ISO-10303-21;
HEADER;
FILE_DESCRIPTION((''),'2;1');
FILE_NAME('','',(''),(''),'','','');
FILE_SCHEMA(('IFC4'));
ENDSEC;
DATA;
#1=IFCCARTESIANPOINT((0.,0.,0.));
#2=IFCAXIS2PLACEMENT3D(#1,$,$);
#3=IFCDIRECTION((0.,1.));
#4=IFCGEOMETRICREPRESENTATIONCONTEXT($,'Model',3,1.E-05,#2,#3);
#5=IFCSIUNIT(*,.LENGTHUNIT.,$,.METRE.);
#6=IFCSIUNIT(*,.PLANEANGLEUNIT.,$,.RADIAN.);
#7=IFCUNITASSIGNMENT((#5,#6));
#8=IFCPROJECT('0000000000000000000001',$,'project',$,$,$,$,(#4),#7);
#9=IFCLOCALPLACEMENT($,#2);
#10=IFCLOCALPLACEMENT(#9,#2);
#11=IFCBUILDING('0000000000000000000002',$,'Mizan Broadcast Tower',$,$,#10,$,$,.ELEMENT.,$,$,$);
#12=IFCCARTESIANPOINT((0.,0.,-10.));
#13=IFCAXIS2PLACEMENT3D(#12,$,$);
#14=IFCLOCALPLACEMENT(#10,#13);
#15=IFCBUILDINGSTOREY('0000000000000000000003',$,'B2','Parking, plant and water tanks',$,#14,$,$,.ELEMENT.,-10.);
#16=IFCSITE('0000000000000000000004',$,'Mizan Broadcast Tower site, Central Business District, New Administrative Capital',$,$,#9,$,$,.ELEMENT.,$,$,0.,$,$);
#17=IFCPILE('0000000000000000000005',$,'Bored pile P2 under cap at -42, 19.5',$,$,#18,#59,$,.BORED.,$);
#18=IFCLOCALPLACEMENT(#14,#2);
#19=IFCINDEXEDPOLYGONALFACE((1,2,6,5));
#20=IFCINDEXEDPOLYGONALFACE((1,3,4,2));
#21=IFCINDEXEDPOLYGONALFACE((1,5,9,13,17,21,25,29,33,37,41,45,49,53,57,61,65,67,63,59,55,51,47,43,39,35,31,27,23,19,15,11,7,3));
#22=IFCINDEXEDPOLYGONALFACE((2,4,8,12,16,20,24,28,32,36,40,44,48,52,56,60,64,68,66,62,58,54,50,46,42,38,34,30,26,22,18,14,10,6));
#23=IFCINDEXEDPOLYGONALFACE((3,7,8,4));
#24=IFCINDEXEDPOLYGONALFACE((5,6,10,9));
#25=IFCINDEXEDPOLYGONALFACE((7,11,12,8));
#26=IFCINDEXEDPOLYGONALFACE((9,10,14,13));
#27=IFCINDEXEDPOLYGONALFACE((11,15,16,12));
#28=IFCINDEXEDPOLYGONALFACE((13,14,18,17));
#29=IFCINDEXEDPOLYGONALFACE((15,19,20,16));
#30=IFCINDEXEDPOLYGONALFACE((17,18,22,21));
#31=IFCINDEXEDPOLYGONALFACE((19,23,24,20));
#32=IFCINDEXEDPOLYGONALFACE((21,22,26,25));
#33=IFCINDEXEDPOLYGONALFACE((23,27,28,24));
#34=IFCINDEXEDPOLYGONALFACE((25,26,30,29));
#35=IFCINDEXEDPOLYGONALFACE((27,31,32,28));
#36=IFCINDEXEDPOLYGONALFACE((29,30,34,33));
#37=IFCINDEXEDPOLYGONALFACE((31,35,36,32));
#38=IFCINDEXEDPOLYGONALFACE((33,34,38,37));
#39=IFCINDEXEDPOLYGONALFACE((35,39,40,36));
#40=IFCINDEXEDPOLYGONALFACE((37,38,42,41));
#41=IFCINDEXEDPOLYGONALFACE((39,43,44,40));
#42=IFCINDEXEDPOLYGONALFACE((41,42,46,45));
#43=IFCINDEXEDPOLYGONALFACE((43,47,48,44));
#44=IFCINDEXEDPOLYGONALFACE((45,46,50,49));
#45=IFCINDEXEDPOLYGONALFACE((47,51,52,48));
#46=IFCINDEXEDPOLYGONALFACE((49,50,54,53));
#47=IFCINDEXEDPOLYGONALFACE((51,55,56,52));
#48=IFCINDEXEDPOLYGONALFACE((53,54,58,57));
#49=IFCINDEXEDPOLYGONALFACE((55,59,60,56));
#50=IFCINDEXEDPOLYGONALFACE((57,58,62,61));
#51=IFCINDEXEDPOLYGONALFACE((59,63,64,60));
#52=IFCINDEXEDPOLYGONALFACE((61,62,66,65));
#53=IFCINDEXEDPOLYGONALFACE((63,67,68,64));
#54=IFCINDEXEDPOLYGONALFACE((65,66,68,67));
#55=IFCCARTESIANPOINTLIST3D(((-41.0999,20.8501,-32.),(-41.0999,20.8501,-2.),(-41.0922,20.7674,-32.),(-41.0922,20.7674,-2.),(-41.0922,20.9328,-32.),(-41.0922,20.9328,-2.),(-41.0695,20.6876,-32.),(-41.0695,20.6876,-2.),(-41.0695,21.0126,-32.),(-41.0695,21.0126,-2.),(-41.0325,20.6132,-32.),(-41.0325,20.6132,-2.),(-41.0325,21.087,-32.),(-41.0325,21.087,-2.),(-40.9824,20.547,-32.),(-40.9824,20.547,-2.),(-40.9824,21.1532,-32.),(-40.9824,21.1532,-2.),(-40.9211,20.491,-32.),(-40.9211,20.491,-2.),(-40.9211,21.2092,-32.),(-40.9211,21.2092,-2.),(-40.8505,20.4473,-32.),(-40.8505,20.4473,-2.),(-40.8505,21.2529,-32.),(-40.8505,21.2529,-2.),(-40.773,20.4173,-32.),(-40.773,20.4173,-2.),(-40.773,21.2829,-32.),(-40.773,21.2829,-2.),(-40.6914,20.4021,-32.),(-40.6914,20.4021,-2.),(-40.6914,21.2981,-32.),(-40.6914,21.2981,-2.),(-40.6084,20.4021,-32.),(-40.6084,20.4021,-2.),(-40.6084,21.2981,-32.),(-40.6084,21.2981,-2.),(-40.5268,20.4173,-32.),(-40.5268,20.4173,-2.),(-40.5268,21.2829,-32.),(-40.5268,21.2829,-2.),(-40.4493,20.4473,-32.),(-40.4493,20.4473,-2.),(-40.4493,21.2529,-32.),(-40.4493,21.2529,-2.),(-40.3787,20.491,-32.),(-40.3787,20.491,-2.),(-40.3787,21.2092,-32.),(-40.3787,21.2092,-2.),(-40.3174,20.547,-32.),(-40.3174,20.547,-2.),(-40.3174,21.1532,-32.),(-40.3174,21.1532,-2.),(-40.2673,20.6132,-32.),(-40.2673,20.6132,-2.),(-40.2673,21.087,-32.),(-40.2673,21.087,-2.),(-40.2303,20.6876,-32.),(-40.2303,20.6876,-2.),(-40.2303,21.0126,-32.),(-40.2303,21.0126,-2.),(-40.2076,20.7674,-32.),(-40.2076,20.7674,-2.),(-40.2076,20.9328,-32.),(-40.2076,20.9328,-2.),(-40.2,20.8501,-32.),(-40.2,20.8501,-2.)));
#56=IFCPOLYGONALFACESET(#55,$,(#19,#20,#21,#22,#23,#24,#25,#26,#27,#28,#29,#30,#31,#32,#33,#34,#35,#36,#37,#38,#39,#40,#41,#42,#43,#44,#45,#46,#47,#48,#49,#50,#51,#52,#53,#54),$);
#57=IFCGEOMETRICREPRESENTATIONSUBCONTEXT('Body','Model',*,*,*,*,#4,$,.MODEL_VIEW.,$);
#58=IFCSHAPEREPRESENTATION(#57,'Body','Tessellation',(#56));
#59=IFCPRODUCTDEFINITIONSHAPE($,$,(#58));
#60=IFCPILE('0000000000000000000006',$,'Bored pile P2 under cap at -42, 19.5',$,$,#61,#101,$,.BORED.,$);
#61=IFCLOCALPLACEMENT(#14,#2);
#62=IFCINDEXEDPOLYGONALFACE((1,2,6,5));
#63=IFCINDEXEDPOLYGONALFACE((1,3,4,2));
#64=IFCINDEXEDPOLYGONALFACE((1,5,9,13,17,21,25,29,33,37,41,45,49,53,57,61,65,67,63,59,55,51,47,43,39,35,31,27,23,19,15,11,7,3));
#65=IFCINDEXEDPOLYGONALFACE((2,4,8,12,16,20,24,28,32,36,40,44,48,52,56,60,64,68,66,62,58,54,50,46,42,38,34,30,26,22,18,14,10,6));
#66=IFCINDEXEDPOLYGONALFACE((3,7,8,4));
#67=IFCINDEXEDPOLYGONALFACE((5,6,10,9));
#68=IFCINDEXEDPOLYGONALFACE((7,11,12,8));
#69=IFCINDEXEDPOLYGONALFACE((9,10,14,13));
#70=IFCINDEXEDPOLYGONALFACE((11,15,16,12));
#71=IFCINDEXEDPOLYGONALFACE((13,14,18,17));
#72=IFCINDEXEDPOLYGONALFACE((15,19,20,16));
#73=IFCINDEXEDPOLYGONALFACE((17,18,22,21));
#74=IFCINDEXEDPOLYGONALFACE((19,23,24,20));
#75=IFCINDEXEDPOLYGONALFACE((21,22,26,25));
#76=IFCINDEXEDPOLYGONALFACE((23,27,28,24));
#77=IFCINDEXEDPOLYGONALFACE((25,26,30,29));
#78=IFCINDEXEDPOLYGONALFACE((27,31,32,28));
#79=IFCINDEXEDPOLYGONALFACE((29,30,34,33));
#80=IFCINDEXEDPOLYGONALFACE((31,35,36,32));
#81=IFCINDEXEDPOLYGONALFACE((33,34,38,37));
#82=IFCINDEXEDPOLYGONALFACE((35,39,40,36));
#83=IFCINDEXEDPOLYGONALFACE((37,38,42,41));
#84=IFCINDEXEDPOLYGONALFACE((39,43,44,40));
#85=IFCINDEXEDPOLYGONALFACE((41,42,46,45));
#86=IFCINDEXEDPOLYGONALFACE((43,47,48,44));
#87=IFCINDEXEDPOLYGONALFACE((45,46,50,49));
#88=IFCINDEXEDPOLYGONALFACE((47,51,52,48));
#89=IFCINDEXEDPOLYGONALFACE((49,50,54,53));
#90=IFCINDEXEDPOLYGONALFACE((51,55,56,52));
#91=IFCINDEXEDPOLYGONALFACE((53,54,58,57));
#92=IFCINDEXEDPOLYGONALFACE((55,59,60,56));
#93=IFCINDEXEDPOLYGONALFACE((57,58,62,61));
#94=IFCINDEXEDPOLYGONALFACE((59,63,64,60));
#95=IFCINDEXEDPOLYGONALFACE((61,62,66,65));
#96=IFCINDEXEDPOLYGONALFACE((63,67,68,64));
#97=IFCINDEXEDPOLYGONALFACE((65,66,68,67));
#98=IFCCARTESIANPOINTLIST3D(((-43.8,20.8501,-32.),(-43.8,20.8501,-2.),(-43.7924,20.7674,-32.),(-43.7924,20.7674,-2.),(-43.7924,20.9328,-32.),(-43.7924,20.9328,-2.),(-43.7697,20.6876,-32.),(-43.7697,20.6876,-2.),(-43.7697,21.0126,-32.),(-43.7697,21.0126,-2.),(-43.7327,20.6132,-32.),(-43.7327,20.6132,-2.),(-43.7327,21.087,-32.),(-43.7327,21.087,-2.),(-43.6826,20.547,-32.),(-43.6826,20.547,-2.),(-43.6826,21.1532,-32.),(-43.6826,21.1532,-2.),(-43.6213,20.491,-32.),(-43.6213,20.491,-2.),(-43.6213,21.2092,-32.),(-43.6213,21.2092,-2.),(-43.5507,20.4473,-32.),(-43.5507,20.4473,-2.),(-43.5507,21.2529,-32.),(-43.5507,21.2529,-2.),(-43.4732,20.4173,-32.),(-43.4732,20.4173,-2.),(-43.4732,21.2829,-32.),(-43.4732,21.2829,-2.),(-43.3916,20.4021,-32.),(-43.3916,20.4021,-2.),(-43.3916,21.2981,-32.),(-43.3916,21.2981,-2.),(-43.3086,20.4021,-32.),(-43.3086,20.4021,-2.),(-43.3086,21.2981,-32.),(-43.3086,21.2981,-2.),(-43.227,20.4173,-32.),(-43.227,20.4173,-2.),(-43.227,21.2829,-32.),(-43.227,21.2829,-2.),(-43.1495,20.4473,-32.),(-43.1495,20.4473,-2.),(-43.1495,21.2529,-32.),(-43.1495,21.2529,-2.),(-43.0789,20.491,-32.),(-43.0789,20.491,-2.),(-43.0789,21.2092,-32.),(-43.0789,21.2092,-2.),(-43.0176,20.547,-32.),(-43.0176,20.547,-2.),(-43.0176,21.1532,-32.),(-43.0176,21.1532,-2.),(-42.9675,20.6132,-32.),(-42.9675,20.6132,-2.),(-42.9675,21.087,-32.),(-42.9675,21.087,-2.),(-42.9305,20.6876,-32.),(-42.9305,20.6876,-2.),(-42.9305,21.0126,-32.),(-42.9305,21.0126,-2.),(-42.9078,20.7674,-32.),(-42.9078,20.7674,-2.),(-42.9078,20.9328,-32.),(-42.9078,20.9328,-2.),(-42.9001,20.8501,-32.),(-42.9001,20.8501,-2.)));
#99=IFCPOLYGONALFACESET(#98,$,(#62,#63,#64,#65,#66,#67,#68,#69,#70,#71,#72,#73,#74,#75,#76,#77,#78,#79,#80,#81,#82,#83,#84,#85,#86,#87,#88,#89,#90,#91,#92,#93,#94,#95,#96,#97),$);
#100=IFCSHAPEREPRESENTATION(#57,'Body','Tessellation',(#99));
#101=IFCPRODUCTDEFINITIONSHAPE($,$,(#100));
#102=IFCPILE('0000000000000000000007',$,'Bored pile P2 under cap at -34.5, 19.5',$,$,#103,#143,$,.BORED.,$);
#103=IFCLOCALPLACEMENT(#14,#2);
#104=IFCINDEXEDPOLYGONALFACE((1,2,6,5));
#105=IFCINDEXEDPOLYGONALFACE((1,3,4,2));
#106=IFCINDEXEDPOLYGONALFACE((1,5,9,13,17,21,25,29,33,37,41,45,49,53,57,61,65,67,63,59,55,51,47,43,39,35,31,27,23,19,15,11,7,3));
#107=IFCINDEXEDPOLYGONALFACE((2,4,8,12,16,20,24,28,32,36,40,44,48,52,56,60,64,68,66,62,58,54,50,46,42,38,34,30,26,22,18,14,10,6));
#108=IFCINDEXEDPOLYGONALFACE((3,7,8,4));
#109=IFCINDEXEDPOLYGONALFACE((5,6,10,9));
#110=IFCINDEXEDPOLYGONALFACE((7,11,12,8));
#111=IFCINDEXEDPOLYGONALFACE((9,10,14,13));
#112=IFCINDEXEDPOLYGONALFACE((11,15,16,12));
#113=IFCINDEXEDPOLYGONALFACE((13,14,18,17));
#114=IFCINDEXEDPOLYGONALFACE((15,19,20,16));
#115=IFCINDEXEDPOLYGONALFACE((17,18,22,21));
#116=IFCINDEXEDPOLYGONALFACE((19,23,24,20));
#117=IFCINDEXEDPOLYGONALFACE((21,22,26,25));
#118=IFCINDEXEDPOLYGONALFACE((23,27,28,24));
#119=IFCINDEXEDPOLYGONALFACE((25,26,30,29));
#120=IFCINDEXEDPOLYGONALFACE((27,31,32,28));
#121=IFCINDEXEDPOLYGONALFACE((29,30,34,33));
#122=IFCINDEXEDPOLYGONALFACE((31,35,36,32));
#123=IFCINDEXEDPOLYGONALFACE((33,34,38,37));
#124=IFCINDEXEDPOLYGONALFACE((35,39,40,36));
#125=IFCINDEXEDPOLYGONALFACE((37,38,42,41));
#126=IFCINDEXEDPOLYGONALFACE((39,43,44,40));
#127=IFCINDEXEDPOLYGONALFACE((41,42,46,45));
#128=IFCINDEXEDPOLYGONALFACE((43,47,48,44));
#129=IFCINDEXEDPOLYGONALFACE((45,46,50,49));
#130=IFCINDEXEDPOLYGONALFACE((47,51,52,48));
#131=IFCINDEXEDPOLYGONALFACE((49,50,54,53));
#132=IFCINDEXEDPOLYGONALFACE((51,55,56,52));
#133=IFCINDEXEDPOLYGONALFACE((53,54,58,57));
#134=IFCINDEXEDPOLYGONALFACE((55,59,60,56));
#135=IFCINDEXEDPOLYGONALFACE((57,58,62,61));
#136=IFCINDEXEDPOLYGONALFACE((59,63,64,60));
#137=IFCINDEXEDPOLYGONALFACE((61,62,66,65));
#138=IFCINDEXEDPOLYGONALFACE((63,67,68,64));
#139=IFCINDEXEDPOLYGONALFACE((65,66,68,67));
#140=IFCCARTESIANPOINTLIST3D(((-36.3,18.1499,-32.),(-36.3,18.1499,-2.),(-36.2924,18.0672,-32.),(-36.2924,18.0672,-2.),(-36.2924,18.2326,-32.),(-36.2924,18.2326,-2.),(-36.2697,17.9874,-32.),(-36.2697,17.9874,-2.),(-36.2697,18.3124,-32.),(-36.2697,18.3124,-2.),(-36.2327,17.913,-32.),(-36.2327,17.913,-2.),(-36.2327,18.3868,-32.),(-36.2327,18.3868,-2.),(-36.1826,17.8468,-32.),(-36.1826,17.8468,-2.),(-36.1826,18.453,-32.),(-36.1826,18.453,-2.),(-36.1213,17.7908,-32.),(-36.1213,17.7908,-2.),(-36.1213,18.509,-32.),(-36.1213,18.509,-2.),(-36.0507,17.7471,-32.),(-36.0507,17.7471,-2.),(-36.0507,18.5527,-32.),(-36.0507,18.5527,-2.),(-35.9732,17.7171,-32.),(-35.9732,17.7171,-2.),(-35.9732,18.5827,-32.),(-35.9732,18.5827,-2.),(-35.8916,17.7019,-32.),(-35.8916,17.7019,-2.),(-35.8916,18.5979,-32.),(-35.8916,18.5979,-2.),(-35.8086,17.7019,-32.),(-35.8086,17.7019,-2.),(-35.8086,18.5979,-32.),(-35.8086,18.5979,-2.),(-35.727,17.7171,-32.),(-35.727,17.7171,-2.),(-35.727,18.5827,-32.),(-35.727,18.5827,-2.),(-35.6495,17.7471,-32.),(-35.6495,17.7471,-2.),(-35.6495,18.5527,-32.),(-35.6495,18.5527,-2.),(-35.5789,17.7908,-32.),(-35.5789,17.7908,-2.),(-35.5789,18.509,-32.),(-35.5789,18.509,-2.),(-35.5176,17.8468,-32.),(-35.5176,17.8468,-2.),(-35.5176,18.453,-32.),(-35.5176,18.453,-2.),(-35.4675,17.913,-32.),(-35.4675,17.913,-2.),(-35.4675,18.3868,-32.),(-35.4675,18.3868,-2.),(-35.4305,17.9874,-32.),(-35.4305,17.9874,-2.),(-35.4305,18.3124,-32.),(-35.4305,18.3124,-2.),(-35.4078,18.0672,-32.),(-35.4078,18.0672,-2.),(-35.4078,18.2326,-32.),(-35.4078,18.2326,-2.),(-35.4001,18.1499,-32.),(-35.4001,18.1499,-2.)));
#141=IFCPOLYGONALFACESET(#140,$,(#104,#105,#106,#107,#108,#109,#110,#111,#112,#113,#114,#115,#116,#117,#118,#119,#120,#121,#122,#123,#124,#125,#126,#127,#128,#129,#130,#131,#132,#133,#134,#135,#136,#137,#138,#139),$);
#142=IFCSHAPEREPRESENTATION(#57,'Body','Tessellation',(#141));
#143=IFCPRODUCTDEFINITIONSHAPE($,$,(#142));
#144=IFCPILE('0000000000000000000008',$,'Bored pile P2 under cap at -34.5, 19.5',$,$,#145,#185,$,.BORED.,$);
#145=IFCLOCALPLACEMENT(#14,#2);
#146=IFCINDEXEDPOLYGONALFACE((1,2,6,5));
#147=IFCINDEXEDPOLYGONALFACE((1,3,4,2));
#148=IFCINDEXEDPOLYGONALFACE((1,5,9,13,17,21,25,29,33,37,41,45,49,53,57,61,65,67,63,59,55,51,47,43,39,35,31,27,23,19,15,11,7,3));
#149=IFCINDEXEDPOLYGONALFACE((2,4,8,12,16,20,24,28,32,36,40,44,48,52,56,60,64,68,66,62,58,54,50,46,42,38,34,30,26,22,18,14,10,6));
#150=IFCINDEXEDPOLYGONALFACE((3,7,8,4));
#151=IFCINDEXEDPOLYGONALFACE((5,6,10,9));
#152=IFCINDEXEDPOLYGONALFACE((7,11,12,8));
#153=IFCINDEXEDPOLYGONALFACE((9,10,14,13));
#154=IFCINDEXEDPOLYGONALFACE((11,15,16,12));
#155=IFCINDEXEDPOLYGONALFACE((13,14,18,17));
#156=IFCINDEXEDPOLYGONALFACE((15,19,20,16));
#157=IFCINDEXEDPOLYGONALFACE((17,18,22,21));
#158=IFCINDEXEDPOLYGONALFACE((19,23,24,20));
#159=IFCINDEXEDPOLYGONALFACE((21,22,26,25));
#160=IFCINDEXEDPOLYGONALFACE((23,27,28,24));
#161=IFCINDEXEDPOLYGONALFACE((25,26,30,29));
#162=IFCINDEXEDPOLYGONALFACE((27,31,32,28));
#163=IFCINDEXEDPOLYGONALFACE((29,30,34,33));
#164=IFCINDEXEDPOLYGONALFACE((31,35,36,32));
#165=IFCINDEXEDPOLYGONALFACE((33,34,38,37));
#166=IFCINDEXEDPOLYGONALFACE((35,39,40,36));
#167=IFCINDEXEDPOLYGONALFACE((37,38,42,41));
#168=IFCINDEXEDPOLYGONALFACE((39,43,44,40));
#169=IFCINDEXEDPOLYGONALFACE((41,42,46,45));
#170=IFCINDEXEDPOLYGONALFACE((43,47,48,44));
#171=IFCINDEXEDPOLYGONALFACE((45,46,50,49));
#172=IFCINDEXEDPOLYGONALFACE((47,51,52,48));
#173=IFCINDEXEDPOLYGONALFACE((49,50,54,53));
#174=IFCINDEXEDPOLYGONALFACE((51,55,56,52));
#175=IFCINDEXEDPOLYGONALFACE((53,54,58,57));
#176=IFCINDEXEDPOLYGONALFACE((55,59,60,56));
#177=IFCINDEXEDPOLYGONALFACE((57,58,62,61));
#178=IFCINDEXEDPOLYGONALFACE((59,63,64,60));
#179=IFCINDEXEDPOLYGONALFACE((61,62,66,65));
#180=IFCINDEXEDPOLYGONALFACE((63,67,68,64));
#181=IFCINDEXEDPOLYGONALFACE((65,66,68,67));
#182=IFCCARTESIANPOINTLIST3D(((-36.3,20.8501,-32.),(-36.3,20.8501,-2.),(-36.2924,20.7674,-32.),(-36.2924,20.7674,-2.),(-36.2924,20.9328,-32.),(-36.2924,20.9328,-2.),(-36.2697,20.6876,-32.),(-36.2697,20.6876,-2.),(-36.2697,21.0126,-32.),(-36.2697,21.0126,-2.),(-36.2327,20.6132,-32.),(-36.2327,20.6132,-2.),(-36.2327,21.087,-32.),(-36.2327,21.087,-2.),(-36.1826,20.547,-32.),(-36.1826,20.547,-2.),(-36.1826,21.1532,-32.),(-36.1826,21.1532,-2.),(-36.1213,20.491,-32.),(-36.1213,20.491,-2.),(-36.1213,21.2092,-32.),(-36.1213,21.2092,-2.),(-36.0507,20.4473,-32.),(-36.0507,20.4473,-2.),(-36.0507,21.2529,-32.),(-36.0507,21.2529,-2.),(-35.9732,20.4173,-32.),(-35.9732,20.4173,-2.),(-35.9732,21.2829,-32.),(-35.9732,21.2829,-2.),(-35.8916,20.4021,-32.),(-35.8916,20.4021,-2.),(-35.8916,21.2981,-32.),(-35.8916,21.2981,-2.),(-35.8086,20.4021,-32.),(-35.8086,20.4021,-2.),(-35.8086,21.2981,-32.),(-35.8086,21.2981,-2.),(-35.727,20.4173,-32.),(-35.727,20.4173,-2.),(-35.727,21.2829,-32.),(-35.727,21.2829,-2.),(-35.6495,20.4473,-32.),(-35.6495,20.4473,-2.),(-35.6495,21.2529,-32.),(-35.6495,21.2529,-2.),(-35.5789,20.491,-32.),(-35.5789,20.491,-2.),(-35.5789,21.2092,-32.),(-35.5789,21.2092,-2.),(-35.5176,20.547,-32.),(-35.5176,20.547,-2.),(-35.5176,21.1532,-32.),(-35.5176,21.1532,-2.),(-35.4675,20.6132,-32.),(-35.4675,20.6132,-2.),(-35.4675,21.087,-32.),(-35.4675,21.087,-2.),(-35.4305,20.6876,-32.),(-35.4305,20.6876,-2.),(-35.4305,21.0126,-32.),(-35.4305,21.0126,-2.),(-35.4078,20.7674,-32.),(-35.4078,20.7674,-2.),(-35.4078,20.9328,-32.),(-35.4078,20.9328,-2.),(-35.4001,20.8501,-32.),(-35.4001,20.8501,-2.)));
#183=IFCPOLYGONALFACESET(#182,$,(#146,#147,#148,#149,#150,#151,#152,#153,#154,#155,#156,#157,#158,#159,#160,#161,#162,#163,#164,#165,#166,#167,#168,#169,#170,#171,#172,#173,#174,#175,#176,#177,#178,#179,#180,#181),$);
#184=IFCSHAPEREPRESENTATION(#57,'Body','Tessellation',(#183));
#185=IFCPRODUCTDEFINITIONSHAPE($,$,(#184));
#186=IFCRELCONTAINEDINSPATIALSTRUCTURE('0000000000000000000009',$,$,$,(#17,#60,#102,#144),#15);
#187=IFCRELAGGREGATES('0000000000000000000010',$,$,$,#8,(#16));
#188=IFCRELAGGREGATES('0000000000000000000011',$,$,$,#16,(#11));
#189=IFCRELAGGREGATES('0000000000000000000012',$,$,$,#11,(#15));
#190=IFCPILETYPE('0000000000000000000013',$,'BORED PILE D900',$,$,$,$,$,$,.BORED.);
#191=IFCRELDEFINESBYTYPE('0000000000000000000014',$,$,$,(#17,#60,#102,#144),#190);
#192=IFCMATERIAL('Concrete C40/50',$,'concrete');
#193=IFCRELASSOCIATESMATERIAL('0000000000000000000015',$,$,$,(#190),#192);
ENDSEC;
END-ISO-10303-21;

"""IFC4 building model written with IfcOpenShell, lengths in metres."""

from ifc_helpers import new_model, si_unit, direction, frame, origin, origin_2d, place, context, subcontext, project, spatial, circle, extrude, material, material_profile, profile_set, type_object, element, save


model = new_model("IFC4")

# Units and contexts
model_context = context("Model", 3, precision=1e-05, world=origin(), true_north=direction((0.0, 1.0)))
body_context = subcontext(model_context, "Body", "Model", "MODEL_VIEW")
ifc_project = project(units=[si_unit("LENGTHUNIT", "METRE"), si_unit("PLANEANGLEUNIT", "RADIAN")], contexts=[model_context])

# Site, building, storey
site_placement = place(None, origin())
site = spatial("IfcSite", under=ifc_project, at=site_placement, Name="Mizan Broadcast Tower site, Central Business District, New Administrative Capital", CompositionType="ELEMENT", RefElevation=0.0)
building_placement = place(site_placement, origin())
building = spatial("IfcBuilding", under=site, at=building_placement, Name="Mizan Broadcast Tower", CompositionType="ELEMENT")
storey_placement = place(building_placement, frame((0.0, 0.0, -10.0)))
storey = spatial("IfcBuildingStorey", under=building, at=storey_placement, Name="B2", Description="Parking, plant and water tanks", CompositionType="ELEMENT", Elevation=-10.0)

# Piles
ifc_material_1 = material(Name="Concrete C40/50", Category="concrete")
ifc_material_profile_1 = material_profile(ifc_material_1, circle(Radius=0.45, at=origin_2d()), Name="D900")
ifc_profile_set_1 = profile_set([ifc_material_profile_1], Name="Concrete C40/50")
pile_type_1 = type_object("IfcPileType", Name="BORED PILE D900", PredefinedType="BORED", material=ifc_profile_set_1)
for number, where, z_axis, x_axis, name in (
    (1, (-40.6499, 20.8501, -2.0), (0.0, 0.0, -1.0), (1.0, 0.0, 0.0), "Bored pile P2 under cap at -42, 19.5"),
    (2, (-43.3501, 20.8501, -2.0), (0.0, 0.0, -1.0), (1.0, 0.0, 0.0), "Bored pile P2 under cap at -42, 19.5"),
    (3, (-35.8501, 18.1499, -2.0), (0.0, 0.0, -1.0), (1.0, 0.0, 0.0), "Bored pile P2 under cap at -34.5, 19.5"),
    (4, (-35.8501, 20.8501, -2.0), (0.0, 0.0, -1.0), (1.0, 0.0, 0.0), "Bored pile P2 under cap at -34.5, 19.5"),
):
    element("IfcPile", number, at=place(storey_placement, frame(where, z_axis=z_axis, x_axis=x_axis)), inside=storey, type_object=pile_type_1, Name=name, PredefinedType="BORED", context=body_context, shape_type="SweptSolid", body=[
        extrude(circle(Radius=0.45, at=origin_2d()), origin(), (0.0, 0.0, 1.0), 30.0),
    ])

save(model, "model.ifc")
